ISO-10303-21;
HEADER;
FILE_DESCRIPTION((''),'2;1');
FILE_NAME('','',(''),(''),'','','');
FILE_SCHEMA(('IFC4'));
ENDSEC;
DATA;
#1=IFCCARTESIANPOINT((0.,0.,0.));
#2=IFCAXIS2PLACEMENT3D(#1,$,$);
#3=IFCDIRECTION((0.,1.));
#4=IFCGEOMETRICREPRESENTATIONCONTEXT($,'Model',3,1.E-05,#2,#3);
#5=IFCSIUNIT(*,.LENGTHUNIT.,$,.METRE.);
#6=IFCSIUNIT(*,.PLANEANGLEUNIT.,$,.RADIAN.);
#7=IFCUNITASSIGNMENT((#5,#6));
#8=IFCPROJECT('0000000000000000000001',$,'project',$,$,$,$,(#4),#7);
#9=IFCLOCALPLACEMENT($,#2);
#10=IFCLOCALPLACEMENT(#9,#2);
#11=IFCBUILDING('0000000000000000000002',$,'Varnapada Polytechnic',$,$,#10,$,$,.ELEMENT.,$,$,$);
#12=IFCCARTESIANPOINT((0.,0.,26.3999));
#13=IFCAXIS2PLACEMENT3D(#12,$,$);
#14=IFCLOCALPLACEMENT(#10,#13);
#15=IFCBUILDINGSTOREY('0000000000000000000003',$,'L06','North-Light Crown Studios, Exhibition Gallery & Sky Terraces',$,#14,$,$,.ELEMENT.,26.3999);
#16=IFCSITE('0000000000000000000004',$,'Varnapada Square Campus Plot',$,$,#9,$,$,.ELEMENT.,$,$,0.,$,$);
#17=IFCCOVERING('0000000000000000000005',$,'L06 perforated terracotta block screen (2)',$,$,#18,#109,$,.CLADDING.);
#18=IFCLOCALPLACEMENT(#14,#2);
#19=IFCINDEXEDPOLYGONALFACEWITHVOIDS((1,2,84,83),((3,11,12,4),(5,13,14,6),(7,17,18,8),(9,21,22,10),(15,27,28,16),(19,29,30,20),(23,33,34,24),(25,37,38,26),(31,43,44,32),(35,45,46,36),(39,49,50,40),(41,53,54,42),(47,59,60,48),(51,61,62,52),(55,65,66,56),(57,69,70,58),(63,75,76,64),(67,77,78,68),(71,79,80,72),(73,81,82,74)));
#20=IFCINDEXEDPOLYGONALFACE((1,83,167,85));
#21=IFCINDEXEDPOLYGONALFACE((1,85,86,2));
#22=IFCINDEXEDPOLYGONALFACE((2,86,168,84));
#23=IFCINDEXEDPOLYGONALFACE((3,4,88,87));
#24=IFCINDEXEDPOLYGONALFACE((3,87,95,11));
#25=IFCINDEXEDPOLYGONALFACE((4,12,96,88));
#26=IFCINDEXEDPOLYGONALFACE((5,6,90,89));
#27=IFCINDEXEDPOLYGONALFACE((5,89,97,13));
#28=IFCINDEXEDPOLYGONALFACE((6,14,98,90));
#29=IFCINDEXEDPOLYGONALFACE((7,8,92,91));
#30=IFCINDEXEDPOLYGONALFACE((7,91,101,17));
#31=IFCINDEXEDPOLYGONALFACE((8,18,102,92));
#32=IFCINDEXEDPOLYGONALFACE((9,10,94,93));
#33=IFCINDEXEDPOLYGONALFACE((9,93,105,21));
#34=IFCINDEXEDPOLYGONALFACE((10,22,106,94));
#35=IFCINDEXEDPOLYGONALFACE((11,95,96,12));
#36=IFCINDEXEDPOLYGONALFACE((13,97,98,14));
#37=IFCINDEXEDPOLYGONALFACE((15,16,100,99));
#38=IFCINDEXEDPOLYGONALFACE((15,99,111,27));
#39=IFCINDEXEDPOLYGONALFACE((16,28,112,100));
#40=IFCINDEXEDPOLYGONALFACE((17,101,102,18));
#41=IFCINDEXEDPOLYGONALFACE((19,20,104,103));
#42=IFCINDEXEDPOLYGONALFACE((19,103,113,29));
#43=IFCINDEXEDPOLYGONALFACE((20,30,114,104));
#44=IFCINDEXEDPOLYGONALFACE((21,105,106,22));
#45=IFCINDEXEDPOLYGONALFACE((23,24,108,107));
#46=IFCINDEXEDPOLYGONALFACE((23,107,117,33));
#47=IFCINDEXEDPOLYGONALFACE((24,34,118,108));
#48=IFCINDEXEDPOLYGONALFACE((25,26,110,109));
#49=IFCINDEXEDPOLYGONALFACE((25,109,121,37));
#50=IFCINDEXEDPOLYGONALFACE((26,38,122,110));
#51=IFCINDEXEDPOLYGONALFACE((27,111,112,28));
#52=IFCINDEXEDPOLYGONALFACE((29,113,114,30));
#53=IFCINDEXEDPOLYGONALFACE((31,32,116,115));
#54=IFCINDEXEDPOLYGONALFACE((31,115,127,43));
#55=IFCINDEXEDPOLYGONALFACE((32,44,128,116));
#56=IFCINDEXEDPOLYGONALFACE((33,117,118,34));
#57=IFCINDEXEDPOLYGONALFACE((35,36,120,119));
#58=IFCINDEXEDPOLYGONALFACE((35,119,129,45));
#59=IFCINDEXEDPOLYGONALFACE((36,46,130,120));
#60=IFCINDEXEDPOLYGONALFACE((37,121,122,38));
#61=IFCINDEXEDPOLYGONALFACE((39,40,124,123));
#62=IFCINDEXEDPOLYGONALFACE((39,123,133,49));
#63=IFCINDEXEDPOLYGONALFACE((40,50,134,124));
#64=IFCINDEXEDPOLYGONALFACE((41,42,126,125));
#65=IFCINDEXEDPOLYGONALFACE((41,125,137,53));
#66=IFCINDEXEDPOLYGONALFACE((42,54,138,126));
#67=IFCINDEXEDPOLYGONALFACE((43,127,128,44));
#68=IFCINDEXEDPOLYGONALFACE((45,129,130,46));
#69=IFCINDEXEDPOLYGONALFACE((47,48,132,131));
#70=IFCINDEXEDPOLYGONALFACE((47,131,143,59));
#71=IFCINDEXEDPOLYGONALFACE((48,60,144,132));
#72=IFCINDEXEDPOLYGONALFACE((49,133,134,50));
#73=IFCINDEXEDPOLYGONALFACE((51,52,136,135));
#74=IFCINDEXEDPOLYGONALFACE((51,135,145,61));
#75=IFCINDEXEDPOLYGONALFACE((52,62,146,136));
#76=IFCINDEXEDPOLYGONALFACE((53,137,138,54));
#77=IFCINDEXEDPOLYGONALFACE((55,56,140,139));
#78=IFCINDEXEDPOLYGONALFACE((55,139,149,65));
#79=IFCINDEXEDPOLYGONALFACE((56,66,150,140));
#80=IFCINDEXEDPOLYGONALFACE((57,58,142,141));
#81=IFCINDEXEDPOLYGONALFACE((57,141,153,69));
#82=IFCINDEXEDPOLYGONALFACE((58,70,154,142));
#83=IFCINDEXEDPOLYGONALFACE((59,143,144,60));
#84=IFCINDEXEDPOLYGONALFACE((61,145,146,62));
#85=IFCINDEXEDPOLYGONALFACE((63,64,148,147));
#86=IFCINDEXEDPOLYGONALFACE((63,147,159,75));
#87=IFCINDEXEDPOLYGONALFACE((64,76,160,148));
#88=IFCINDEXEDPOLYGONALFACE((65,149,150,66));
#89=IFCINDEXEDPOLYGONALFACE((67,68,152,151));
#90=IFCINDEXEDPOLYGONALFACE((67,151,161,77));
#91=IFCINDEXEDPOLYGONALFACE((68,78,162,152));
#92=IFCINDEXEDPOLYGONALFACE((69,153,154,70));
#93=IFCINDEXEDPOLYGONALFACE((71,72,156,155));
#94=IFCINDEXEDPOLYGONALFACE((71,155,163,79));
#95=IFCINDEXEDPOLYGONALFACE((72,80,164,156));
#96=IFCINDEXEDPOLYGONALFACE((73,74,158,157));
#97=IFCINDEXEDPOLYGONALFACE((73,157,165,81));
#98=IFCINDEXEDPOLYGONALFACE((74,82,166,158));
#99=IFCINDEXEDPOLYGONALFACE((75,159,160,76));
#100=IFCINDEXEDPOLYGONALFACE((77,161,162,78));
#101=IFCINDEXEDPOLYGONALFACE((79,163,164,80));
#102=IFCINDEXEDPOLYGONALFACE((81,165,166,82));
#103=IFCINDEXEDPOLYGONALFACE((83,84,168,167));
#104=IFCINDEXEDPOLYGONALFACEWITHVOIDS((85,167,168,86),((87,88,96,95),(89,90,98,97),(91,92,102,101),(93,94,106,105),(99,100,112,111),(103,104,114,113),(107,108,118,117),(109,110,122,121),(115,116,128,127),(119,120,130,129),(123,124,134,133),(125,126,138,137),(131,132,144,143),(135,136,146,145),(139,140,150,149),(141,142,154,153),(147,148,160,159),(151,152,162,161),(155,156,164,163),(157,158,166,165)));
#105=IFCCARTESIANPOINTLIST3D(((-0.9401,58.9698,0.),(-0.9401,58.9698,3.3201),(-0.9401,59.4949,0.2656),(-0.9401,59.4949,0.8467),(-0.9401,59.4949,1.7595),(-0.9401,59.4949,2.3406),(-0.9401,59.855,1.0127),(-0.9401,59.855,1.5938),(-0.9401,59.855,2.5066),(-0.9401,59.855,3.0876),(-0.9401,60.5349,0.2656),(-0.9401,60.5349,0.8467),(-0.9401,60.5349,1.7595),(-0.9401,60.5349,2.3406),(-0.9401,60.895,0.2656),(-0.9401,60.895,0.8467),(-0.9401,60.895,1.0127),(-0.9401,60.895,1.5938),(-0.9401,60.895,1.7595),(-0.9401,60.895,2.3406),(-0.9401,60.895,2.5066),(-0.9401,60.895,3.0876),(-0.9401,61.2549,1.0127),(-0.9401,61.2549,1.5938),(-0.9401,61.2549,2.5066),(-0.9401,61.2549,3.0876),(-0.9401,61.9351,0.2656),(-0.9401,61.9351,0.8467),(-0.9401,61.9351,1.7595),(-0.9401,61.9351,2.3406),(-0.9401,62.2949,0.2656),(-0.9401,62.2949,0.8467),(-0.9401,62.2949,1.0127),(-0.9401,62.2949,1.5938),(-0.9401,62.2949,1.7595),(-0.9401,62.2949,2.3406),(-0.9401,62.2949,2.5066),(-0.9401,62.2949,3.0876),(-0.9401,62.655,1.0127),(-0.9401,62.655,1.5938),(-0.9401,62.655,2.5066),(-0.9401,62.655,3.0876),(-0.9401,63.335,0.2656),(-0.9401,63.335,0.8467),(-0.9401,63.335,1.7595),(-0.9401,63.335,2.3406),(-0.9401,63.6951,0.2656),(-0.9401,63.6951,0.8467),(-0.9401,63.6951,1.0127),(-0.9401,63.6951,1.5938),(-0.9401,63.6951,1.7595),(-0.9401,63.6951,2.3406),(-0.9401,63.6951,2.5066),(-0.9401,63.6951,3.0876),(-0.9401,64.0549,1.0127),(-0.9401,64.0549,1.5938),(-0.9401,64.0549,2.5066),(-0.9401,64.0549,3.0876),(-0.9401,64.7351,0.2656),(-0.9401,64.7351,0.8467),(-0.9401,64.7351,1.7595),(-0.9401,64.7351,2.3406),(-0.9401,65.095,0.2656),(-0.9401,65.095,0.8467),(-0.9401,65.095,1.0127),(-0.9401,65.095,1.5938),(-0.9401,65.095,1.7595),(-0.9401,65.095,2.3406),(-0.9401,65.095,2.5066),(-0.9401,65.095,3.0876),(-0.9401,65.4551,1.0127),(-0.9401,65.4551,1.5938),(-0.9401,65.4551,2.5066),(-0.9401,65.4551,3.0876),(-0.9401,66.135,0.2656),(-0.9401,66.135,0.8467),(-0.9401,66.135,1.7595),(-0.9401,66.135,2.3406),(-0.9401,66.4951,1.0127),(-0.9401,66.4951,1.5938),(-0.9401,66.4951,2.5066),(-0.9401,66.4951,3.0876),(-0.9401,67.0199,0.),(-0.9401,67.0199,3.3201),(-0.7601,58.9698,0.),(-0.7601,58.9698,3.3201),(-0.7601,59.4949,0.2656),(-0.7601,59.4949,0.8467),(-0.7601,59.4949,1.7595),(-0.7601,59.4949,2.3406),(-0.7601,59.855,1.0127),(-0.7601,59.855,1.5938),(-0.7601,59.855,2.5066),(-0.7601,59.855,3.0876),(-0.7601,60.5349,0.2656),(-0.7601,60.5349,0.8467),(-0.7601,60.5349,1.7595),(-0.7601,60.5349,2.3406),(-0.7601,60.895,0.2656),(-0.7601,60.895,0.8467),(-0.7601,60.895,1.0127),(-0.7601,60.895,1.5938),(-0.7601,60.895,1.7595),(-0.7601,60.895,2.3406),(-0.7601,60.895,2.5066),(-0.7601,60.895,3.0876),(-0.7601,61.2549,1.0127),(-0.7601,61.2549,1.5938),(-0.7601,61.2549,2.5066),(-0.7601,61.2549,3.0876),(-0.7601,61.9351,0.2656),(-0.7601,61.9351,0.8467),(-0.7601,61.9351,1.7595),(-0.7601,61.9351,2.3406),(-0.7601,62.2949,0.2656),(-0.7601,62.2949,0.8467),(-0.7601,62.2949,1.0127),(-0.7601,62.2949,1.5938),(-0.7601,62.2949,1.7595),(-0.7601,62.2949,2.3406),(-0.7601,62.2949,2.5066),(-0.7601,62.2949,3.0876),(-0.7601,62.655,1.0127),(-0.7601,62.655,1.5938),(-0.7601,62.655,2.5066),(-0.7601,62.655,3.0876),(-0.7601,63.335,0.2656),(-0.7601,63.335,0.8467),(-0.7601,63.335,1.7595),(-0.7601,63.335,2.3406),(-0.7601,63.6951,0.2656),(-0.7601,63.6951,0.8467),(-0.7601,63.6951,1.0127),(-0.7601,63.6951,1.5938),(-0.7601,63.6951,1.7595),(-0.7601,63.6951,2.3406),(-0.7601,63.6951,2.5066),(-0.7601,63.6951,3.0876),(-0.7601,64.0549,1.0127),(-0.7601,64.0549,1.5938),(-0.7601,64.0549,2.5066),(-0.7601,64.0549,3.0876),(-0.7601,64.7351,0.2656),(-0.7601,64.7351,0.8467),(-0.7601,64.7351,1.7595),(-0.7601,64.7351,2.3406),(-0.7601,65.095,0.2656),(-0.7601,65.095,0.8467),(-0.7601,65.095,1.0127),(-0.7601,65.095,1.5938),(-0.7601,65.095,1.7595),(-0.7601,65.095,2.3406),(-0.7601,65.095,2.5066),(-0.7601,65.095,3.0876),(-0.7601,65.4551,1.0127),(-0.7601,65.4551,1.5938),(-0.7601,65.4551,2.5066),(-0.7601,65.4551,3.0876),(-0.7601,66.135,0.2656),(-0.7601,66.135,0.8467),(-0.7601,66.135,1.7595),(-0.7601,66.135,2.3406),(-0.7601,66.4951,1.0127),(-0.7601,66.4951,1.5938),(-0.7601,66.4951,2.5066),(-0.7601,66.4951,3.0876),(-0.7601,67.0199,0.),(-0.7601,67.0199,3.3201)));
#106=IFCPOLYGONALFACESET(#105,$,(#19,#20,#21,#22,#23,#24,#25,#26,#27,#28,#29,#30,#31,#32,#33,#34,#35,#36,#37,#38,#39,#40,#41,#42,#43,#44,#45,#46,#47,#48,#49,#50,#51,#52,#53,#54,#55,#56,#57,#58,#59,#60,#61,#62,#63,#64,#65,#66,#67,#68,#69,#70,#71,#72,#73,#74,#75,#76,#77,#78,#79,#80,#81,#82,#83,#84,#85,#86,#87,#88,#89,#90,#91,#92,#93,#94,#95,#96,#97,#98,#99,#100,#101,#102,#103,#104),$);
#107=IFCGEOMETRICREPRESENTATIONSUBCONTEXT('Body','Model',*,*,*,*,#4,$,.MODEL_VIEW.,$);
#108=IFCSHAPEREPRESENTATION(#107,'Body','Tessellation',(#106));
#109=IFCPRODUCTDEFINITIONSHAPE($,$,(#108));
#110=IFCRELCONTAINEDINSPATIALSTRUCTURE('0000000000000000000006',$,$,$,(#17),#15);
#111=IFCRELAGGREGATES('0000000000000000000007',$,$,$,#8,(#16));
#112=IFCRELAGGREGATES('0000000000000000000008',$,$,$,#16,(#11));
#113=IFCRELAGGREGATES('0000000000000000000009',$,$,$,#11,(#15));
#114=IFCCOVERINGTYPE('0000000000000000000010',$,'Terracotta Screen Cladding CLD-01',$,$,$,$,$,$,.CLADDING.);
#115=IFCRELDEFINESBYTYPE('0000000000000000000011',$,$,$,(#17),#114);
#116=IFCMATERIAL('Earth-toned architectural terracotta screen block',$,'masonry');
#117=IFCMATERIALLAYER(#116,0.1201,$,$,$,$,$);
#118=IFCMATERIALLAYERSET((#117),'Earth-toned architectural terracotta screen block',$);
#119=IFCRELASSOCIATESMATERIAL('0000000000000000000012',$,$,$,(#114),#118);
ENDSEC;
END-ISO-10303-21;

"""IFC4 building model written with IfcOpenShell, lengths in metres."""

from ifc_helpers import new_model, si_unit, direction, frame, frame_2d, origin, place, context, subcontext, project, spatial, rectangle, extrude, material, layer, layer_set, type_object, element, save


model = new_model("IFC4")

# Units and contexts
model_context = context("Model", 3, precision=1e-05, world=origin(), true_north=direction((0.0, 1.0)))
body_context = subcontext(model_context, "Body", "Model", "MODEL_VIEW")
ifc_project = project(units=[si_unit("LENGTHUNIT", "METRE"), si_unit("PLANEANGLEUNIT", "RADIAN")], contexts=[model_context])

# Site, building, storey
site_placement = place(None, origin())
site = spatial("IfcSite", under=ifc_project, at=site_placement, Name="Varnapada Square Campus Plot", CompositionType="ELEMENT", RefElevation=0.0)
building_placement = place(site_placement, origin())
building = spatial("IfcBuilding", under=site, at=building_placement, Name="Varnapada Polytechnic", CompositionType="ELEMENT")
storey_placement = place(building_placement, frame((0.0, 0.0, 26.3999)))
storey = spatial("IfcBuildingStorey", under=building, at=storey_placement, Name="L06", Description="North-Light Crown Studios, Exhibition Gallery & Sky Terraces", CompositionType="ELEMENT", Elevation=26.3999)

# Covering, openings
ifc_material_1 = material(Name="Earth-toned architectural terracotta screen block", Category="masonry")
ifc_layer_1 = layer(ifc_material_1, 0.1201)
ifc_layer_set_1 = layer_set([ifc_layer_1], Name="Earth-toned architectural terracotta screen block")
covering_type = type_object("IfcCoveringType", Name="Terracotta Screen Cladding CLD-01", PredefinedType="CLADDING", material=ifc_layer_set_1)
covering_placement = place(storey_placement, frame((-0.8501, 58.97, 0.0), z_axis=(0.0, 0.0, 1.0), x_axis=(0.0, 1.0, 0.0)))
covering = element("IfcCovering", 1, at=covering_placement, inside=storey, type_object=covering_type, Name="L06 perforated terracotta block screen (2)", PredefinedType="CLADDING", context=body_context, shape_type="SweptSolid", body=[
    extrude(rectangle(XDim=8.05, YDim=0.1799, at=frame_2d((4.0249, 0.0))), origin(), (0.0, 0.0, 1.0), 3.3201),
])
opening_1_placement = place(covering_placement, frame((0.5249, 0.0, 0.2656)))
element("IfcOpeningElement", 2, at=opening_1_placement, cuts=covering, PredefinedType="OPENING", context=body_context, shape_type="SweptSolid", body=[
    extrude(rectangle(XDim=1.04, YDim=0.5811, at=frame_2d((0.52, 0.2905))), frame((0.0, 0.0999, 0.0), z_axis=(0.0, -1.0, 0.0), x_axis=(1.0, 0.0, 0.0)), (0.0, 0.0, 1.0), 0.2),
])
opening_2_placement = place(covering_placement, frame((1.925, 0.0, 0.2656)))
element("IfcOpeningElement", 3, at=opening_2_placement, cuts=covering, PredefinedType="OPENING", context=body_context, shape_type="SweptSolid", body=[
    extrude(rectangle(XDim=1.04, YDim=0.5811, at=frame_2d((0.52, 0.2905))), frame((0.0, 0.0999, 0.0), z_axis=(0.0, -1.0, 0.0), x_axis=(1.0, 0.0, 0.0)), (0.0, 0.0, 1.0), 0.2),
])
opening_3_placement = place(covering_placement, frame((3.325, 0.0, 0.2656)))
element("IfcOpeningElement", 4, at=opening_3_placement, cuts=covering, PredefinedType="OPENING", context=body_context, shape_type="SweptSolid", body=[
    extrude(rectangle(XDim=1.04, YDim=0.5811, at=frame_2d((0.52, 0.2905))), frame((0.0, 0.0999, 0.0), z_axis=(0.0, -1.0, 0.0), x_axis=(1.0, 0.0, 0.0)), (0.0, 0.0, 1.0), 0.2),
])
opening_4_placement = place(covering_placement, frame((4.7251, 0.0, 0.2656)))
element("IfcOpeningElement", 5, at=opening_4_placement, cuts=covering, PredefinedType="OPENING", context=body_context, shape_type="SweptSolid", body=[
    extrude(rectangle(XDim=1.04, YDim=0.5811, at=frame_2d((0.52, 0.2905))), frame((0.0, 0.0999, 0.0), z_axis=(0.0, -1.0, 0.0), x_axis=(1.0, 0.0, 0.0)), (0.0, 0.0, 1.0), 0.2),
])
opening_5_placement = place(covering_placement, frame((6.125, 0.0, 0.2656)))
element("IfcOpeningElement", 6, at=opening_5_placement, cuts=covering, PredefinedType="OPENING", context=body_context, shape_type="SweptSolid", body=[
    extrude(rectangle(XDim=1.04, YDim=0.5811, at=frame_2d((0.52, 0.2905))), frame((0.0, 0.0999, 0.0), z_axis=(0.0, -1.0, 0.0), x_axis=(1.0, 0.0, 0.0)), (0.0, 0.0, 1.0), 0.2),
])
opening_6_placement = place(covering_placement, frame((0.885, 0.0, 1.0127)))
element("IfcOpeningElement", 7, at=opening_6_placement, cuts=covering, PredefinedType="OPENING", context=body_context, shape_type="SweptSolid", body=[
    extrude(rectangle(XDim=1.04, YDim=0.5811, at=frame_2d((0.52, 0.2905))), frame((0.0, 0.0999, 0.0), z_axis=(0.0, -1.0, 0.0), x_axis=(1.0, 0.0, 0.0)), (0.0, 0.0, 1.0), 0.2),
])
opening_7_placement = place(covering_placement, frame((2.2849, 0.0, 1.0127)))
element("IfcOpeningElement", 8, at=opening_7_placement, cuts=covering, PredefinedType="OPENING", context=body_context, shape_type="SweptSolid", body=[
    extrude(rectangle(XDim=1.04, YDim=0.5811, at=frame_2d((0.52, 0.2905))), frame((0.0, 0.0999, 0.0), z_axis=(0.0, -1.0, 0.0), x_axis=(1.0, 0.0, 0.0)), (0.0, 0.0, 1.0), 0.2),
])
opening_8_placement = place(covering_placement, frame((3.6851, 0.0, 1.0127)))
element("IfcOpeningElement", 9, at=opening_8_placement, cuts=covering, PredefinedType="OPENING", context=body_context, shape_type="SweptSolid", body=[
    extrude(rectangle(XDim=1.04, YDim=0.5811, at=frame_2d((0.52, 0.2905))), frame((0.0, 0.0999, 0.0), z_axis=(0.0, -1.0, 0.0), x_axis=(1.0, 0.0, 0.0)), (0.0, 0.0, 1.0), 0.2),
])
opening_9_placement = place(covering_placement, frame((5.085, 0.0, 1.0127)))
element("IfcOpeningElement", 10, at=opening_9_placement, cuts=covering, PredefinedType="OPENING", context=body_context, shape_type="SweptSolid", body=[
    extrude(rectangle(XDim=1.04, YDim=0.5811, at=frame_2d((0.52, 0.2905))), frame((0.0, 0.0999, 0.0), z_axis=(0.0, -1.0, 0.0), x_axis=(1.0, 0.0, 0.0)), (0.0, 0.0, 1.0), 0.2),
])
opening_10_placement = place(covering_placement, frame((6.4851, 0.0, 1.0127)))
element("IfcOpeningElement", 11, at=opening_10_placement, cuts=covering, PredefinedType="OPENING", context=body_context, shape_type="SweptSolid", body=[
    extrude(rectangle(XDim=1.04, YDim=0.5811, at=frame_2d((0.52, 0.2905))), frame((0.0, 0.0999, 0.0), z_axis=(0.0, -1.0, 0.0), x_axis=(1.0, 0.0, 0.0)), (0.0, 0.0, 1.0), 0.2),
])
opening_11_placement = place(covering_placement, frame((0.5249, 0.0, 1.7595)))
element("IfcOpeningElement", 12, at=opening_11_placement, cuts=covering, PredefinedType="OPENING", context=body_context, shape_type="SweptSolid", body=[
    extrude(rectangle(XDim=1.04, YDim=0.5811, at=frame_2d((0.52, 0.2905))), frame((0.0, 0.0999, 0.0), z_axis=(0.0, -1.0, 0.0), x_axis=(1.0, 0.0, 0.0)), (0.0, 0.0, 1.0), 0.2),
])
opening_12_placement = place(covering_placement, frame((1.925, 0.0, 1.7595)))
element("IfcOpeningElement", 13, at=opening_12_placement, cuts=covering, PredefinedType="OPENING", context=body_context, shape_type="SweptSolid", body=[
    extrude(rectangle(XDim=1.04, YDim=0.5811, at=frame_2d((0.52, 0.2905))), frame((0.0, 0.0999, 0.0), z_axis=(0.0, -1.0, 0.0), x_axis=(1.0, 0.0, 0.0)), (0.0, 0.0, 1.0), 0.2),
])
opening_13_placement = place(covering_placement, frame((3.325, 0.0, 1.7595)))
element("IfcOpeningElement", 14, at=opening_13_placement, cuts=covering, PredefinedType="OPENING", context=body_context, shape_type="SweptSolid", body=[
    extrude(rectangle(XDim=1.04, YDim=0.5811, at=frame_2d((0.52, 0.2905))), frame((0.0, 0.0999, 0.0), z_axis=(0.0, -1.0, 0.0), x_axis=(1.0, 0.0, 0.0)), (0.0, 0.0, 1.0), 0.2),
])
opening_14_placement = place(covering_placement, frame((4.7251, 0.0, 1.7595)))
element("IfcOpeningElement", 15, at=opening_14_placement, cuts=covering, PredefinedType="OPENING", context=body_context, shape_type="SweptSolid", body=[
    extrude(rectangle(XDim=1.04, YDim=0.5811, at=frame_2d((0.52, 0.2905))), frame((0.0, 0.0999, 0.0), z_axis=(0.0, -1.0, 0.0), x_axis=(1.0, 0.0, 0.0)), (0.0, 0.0, 1.0), 0.2),
])
opening_15_placement = place(covering_placement, frame((6.125, 0.0, 1.7595)))
element("IfcOpeningElement", 16, at=opening_15_placement, cuts=covering, PredefinedType="OPENING", context=body_context, shape_type="SweptSolid", body=[
    extrude(rectangle(XDim=1.04, YDim=0.5811, at=frame_2d((0.52, 0.2905))), frame((0.0, 0.0999, 0.0), z_axis=(0.0, -1.0, 0.0), x_axis=(1.0, 0.0, 0.0)), (0.0, 0.0, 1.0), 0.2),
])
opening_16_placement = place(covering_placement, frame((0.885, 0.0, 2.5066)))
element("IfcOpeningElement", 17, at=opening_16_placement, cuts=covering, PredefinedType="OPENING", context=body_context, shape_type="SweptSolid", body=[
    extrude(rectangle(XDim=1.04, YDim=0.5811, at=frame_2d((0.52, 0.2905))), frame((0.0, 0.0999, 0.0), z_axis=(0.0, -1.0, 0.0), x_axis=(1.0, 0.0, 0.0)), (0.0, 0.0, 1.0), 0.2),
])
opening_17_placement = place(covering_placement, frame((2.2849, 0.0, 2.5066)))
element("IfcOpeningElement", 18, at=opening_17_placement, cuts=covering, PredefinedType="OPENING", context=body_context, shape_type="SweptSolid", body=[
    extrude(rectangle(XDim=1.04, YDim=0.5811, at=frame_2d((0.52, 0.2905))), frame((0.0, 0.0999, 0.0), z_axis=(0.0, -1.0, 0.0), x_axis=(1.0, 0.0, 0.0)), (0.0, 0.0, 1.0), 0.2),
])
opening_18_placement = place(covering_placement, frame((3.6851, 0.0, 2.5066)))
element("IfcOpeningElement", 19, at=opening_18_placement, cuts=covering, PredefinedType="OPENING", context=body_context, shape_type="SweptSolid", body=[
    extrude(rectangle(XDim=1.04, YDim=0.5811, at=frame_2d((0.52, 0.2905))), frame((0.0, 0.0999, 0.0), z_axis=(0.0, -1.0, 0.0), x_axis=(1.0, 0.0, 0.0)), (0.0, 0.0, 1.0), 0.2),
])
opening_19_placement = place(covering_placement, frame((5.085, 0.0, 2.5066)))
element("IfcOpeningElement", 20, at=opening_19_placement, cuts=covering, PredefinedType="OPENING", context=body_context, shape_type="SweptSolid", body=[
    extrude(rectangle(XDim=1.04, YDim=0.5811, at=frame_2d((0.52, 0.2905))), frame((0.0, 0.0999, 0.0), z_axis=(0.0, -1.0, 0.0), x_axis=(1.0, 0.0, 0.0)), (0.0, 0.0, 1.0), 0.2),
])
opening_20_placement = place(covering_placement, frame((6.4851, 0.0, 2.5066)))
element("IfcOpeningElement", 21, at=opening_20_placement, cuts=covering, PredefinedType="OPENING", context=body_context, shape_type="SweptSolid", body=[
    extrude(rectangle(XDim=1.04, YDim=0.5811, at=frame_2d((0.52, 0.2905))), frame((0.0, 0.0999, 0.0), z_axis=(0.0, -1.0, 0.0), x_axis=(1.0, 0.0, 0.0)), (0.0, 0.0, 1.0), 0.2),
])

save(model, "model.ifc")
